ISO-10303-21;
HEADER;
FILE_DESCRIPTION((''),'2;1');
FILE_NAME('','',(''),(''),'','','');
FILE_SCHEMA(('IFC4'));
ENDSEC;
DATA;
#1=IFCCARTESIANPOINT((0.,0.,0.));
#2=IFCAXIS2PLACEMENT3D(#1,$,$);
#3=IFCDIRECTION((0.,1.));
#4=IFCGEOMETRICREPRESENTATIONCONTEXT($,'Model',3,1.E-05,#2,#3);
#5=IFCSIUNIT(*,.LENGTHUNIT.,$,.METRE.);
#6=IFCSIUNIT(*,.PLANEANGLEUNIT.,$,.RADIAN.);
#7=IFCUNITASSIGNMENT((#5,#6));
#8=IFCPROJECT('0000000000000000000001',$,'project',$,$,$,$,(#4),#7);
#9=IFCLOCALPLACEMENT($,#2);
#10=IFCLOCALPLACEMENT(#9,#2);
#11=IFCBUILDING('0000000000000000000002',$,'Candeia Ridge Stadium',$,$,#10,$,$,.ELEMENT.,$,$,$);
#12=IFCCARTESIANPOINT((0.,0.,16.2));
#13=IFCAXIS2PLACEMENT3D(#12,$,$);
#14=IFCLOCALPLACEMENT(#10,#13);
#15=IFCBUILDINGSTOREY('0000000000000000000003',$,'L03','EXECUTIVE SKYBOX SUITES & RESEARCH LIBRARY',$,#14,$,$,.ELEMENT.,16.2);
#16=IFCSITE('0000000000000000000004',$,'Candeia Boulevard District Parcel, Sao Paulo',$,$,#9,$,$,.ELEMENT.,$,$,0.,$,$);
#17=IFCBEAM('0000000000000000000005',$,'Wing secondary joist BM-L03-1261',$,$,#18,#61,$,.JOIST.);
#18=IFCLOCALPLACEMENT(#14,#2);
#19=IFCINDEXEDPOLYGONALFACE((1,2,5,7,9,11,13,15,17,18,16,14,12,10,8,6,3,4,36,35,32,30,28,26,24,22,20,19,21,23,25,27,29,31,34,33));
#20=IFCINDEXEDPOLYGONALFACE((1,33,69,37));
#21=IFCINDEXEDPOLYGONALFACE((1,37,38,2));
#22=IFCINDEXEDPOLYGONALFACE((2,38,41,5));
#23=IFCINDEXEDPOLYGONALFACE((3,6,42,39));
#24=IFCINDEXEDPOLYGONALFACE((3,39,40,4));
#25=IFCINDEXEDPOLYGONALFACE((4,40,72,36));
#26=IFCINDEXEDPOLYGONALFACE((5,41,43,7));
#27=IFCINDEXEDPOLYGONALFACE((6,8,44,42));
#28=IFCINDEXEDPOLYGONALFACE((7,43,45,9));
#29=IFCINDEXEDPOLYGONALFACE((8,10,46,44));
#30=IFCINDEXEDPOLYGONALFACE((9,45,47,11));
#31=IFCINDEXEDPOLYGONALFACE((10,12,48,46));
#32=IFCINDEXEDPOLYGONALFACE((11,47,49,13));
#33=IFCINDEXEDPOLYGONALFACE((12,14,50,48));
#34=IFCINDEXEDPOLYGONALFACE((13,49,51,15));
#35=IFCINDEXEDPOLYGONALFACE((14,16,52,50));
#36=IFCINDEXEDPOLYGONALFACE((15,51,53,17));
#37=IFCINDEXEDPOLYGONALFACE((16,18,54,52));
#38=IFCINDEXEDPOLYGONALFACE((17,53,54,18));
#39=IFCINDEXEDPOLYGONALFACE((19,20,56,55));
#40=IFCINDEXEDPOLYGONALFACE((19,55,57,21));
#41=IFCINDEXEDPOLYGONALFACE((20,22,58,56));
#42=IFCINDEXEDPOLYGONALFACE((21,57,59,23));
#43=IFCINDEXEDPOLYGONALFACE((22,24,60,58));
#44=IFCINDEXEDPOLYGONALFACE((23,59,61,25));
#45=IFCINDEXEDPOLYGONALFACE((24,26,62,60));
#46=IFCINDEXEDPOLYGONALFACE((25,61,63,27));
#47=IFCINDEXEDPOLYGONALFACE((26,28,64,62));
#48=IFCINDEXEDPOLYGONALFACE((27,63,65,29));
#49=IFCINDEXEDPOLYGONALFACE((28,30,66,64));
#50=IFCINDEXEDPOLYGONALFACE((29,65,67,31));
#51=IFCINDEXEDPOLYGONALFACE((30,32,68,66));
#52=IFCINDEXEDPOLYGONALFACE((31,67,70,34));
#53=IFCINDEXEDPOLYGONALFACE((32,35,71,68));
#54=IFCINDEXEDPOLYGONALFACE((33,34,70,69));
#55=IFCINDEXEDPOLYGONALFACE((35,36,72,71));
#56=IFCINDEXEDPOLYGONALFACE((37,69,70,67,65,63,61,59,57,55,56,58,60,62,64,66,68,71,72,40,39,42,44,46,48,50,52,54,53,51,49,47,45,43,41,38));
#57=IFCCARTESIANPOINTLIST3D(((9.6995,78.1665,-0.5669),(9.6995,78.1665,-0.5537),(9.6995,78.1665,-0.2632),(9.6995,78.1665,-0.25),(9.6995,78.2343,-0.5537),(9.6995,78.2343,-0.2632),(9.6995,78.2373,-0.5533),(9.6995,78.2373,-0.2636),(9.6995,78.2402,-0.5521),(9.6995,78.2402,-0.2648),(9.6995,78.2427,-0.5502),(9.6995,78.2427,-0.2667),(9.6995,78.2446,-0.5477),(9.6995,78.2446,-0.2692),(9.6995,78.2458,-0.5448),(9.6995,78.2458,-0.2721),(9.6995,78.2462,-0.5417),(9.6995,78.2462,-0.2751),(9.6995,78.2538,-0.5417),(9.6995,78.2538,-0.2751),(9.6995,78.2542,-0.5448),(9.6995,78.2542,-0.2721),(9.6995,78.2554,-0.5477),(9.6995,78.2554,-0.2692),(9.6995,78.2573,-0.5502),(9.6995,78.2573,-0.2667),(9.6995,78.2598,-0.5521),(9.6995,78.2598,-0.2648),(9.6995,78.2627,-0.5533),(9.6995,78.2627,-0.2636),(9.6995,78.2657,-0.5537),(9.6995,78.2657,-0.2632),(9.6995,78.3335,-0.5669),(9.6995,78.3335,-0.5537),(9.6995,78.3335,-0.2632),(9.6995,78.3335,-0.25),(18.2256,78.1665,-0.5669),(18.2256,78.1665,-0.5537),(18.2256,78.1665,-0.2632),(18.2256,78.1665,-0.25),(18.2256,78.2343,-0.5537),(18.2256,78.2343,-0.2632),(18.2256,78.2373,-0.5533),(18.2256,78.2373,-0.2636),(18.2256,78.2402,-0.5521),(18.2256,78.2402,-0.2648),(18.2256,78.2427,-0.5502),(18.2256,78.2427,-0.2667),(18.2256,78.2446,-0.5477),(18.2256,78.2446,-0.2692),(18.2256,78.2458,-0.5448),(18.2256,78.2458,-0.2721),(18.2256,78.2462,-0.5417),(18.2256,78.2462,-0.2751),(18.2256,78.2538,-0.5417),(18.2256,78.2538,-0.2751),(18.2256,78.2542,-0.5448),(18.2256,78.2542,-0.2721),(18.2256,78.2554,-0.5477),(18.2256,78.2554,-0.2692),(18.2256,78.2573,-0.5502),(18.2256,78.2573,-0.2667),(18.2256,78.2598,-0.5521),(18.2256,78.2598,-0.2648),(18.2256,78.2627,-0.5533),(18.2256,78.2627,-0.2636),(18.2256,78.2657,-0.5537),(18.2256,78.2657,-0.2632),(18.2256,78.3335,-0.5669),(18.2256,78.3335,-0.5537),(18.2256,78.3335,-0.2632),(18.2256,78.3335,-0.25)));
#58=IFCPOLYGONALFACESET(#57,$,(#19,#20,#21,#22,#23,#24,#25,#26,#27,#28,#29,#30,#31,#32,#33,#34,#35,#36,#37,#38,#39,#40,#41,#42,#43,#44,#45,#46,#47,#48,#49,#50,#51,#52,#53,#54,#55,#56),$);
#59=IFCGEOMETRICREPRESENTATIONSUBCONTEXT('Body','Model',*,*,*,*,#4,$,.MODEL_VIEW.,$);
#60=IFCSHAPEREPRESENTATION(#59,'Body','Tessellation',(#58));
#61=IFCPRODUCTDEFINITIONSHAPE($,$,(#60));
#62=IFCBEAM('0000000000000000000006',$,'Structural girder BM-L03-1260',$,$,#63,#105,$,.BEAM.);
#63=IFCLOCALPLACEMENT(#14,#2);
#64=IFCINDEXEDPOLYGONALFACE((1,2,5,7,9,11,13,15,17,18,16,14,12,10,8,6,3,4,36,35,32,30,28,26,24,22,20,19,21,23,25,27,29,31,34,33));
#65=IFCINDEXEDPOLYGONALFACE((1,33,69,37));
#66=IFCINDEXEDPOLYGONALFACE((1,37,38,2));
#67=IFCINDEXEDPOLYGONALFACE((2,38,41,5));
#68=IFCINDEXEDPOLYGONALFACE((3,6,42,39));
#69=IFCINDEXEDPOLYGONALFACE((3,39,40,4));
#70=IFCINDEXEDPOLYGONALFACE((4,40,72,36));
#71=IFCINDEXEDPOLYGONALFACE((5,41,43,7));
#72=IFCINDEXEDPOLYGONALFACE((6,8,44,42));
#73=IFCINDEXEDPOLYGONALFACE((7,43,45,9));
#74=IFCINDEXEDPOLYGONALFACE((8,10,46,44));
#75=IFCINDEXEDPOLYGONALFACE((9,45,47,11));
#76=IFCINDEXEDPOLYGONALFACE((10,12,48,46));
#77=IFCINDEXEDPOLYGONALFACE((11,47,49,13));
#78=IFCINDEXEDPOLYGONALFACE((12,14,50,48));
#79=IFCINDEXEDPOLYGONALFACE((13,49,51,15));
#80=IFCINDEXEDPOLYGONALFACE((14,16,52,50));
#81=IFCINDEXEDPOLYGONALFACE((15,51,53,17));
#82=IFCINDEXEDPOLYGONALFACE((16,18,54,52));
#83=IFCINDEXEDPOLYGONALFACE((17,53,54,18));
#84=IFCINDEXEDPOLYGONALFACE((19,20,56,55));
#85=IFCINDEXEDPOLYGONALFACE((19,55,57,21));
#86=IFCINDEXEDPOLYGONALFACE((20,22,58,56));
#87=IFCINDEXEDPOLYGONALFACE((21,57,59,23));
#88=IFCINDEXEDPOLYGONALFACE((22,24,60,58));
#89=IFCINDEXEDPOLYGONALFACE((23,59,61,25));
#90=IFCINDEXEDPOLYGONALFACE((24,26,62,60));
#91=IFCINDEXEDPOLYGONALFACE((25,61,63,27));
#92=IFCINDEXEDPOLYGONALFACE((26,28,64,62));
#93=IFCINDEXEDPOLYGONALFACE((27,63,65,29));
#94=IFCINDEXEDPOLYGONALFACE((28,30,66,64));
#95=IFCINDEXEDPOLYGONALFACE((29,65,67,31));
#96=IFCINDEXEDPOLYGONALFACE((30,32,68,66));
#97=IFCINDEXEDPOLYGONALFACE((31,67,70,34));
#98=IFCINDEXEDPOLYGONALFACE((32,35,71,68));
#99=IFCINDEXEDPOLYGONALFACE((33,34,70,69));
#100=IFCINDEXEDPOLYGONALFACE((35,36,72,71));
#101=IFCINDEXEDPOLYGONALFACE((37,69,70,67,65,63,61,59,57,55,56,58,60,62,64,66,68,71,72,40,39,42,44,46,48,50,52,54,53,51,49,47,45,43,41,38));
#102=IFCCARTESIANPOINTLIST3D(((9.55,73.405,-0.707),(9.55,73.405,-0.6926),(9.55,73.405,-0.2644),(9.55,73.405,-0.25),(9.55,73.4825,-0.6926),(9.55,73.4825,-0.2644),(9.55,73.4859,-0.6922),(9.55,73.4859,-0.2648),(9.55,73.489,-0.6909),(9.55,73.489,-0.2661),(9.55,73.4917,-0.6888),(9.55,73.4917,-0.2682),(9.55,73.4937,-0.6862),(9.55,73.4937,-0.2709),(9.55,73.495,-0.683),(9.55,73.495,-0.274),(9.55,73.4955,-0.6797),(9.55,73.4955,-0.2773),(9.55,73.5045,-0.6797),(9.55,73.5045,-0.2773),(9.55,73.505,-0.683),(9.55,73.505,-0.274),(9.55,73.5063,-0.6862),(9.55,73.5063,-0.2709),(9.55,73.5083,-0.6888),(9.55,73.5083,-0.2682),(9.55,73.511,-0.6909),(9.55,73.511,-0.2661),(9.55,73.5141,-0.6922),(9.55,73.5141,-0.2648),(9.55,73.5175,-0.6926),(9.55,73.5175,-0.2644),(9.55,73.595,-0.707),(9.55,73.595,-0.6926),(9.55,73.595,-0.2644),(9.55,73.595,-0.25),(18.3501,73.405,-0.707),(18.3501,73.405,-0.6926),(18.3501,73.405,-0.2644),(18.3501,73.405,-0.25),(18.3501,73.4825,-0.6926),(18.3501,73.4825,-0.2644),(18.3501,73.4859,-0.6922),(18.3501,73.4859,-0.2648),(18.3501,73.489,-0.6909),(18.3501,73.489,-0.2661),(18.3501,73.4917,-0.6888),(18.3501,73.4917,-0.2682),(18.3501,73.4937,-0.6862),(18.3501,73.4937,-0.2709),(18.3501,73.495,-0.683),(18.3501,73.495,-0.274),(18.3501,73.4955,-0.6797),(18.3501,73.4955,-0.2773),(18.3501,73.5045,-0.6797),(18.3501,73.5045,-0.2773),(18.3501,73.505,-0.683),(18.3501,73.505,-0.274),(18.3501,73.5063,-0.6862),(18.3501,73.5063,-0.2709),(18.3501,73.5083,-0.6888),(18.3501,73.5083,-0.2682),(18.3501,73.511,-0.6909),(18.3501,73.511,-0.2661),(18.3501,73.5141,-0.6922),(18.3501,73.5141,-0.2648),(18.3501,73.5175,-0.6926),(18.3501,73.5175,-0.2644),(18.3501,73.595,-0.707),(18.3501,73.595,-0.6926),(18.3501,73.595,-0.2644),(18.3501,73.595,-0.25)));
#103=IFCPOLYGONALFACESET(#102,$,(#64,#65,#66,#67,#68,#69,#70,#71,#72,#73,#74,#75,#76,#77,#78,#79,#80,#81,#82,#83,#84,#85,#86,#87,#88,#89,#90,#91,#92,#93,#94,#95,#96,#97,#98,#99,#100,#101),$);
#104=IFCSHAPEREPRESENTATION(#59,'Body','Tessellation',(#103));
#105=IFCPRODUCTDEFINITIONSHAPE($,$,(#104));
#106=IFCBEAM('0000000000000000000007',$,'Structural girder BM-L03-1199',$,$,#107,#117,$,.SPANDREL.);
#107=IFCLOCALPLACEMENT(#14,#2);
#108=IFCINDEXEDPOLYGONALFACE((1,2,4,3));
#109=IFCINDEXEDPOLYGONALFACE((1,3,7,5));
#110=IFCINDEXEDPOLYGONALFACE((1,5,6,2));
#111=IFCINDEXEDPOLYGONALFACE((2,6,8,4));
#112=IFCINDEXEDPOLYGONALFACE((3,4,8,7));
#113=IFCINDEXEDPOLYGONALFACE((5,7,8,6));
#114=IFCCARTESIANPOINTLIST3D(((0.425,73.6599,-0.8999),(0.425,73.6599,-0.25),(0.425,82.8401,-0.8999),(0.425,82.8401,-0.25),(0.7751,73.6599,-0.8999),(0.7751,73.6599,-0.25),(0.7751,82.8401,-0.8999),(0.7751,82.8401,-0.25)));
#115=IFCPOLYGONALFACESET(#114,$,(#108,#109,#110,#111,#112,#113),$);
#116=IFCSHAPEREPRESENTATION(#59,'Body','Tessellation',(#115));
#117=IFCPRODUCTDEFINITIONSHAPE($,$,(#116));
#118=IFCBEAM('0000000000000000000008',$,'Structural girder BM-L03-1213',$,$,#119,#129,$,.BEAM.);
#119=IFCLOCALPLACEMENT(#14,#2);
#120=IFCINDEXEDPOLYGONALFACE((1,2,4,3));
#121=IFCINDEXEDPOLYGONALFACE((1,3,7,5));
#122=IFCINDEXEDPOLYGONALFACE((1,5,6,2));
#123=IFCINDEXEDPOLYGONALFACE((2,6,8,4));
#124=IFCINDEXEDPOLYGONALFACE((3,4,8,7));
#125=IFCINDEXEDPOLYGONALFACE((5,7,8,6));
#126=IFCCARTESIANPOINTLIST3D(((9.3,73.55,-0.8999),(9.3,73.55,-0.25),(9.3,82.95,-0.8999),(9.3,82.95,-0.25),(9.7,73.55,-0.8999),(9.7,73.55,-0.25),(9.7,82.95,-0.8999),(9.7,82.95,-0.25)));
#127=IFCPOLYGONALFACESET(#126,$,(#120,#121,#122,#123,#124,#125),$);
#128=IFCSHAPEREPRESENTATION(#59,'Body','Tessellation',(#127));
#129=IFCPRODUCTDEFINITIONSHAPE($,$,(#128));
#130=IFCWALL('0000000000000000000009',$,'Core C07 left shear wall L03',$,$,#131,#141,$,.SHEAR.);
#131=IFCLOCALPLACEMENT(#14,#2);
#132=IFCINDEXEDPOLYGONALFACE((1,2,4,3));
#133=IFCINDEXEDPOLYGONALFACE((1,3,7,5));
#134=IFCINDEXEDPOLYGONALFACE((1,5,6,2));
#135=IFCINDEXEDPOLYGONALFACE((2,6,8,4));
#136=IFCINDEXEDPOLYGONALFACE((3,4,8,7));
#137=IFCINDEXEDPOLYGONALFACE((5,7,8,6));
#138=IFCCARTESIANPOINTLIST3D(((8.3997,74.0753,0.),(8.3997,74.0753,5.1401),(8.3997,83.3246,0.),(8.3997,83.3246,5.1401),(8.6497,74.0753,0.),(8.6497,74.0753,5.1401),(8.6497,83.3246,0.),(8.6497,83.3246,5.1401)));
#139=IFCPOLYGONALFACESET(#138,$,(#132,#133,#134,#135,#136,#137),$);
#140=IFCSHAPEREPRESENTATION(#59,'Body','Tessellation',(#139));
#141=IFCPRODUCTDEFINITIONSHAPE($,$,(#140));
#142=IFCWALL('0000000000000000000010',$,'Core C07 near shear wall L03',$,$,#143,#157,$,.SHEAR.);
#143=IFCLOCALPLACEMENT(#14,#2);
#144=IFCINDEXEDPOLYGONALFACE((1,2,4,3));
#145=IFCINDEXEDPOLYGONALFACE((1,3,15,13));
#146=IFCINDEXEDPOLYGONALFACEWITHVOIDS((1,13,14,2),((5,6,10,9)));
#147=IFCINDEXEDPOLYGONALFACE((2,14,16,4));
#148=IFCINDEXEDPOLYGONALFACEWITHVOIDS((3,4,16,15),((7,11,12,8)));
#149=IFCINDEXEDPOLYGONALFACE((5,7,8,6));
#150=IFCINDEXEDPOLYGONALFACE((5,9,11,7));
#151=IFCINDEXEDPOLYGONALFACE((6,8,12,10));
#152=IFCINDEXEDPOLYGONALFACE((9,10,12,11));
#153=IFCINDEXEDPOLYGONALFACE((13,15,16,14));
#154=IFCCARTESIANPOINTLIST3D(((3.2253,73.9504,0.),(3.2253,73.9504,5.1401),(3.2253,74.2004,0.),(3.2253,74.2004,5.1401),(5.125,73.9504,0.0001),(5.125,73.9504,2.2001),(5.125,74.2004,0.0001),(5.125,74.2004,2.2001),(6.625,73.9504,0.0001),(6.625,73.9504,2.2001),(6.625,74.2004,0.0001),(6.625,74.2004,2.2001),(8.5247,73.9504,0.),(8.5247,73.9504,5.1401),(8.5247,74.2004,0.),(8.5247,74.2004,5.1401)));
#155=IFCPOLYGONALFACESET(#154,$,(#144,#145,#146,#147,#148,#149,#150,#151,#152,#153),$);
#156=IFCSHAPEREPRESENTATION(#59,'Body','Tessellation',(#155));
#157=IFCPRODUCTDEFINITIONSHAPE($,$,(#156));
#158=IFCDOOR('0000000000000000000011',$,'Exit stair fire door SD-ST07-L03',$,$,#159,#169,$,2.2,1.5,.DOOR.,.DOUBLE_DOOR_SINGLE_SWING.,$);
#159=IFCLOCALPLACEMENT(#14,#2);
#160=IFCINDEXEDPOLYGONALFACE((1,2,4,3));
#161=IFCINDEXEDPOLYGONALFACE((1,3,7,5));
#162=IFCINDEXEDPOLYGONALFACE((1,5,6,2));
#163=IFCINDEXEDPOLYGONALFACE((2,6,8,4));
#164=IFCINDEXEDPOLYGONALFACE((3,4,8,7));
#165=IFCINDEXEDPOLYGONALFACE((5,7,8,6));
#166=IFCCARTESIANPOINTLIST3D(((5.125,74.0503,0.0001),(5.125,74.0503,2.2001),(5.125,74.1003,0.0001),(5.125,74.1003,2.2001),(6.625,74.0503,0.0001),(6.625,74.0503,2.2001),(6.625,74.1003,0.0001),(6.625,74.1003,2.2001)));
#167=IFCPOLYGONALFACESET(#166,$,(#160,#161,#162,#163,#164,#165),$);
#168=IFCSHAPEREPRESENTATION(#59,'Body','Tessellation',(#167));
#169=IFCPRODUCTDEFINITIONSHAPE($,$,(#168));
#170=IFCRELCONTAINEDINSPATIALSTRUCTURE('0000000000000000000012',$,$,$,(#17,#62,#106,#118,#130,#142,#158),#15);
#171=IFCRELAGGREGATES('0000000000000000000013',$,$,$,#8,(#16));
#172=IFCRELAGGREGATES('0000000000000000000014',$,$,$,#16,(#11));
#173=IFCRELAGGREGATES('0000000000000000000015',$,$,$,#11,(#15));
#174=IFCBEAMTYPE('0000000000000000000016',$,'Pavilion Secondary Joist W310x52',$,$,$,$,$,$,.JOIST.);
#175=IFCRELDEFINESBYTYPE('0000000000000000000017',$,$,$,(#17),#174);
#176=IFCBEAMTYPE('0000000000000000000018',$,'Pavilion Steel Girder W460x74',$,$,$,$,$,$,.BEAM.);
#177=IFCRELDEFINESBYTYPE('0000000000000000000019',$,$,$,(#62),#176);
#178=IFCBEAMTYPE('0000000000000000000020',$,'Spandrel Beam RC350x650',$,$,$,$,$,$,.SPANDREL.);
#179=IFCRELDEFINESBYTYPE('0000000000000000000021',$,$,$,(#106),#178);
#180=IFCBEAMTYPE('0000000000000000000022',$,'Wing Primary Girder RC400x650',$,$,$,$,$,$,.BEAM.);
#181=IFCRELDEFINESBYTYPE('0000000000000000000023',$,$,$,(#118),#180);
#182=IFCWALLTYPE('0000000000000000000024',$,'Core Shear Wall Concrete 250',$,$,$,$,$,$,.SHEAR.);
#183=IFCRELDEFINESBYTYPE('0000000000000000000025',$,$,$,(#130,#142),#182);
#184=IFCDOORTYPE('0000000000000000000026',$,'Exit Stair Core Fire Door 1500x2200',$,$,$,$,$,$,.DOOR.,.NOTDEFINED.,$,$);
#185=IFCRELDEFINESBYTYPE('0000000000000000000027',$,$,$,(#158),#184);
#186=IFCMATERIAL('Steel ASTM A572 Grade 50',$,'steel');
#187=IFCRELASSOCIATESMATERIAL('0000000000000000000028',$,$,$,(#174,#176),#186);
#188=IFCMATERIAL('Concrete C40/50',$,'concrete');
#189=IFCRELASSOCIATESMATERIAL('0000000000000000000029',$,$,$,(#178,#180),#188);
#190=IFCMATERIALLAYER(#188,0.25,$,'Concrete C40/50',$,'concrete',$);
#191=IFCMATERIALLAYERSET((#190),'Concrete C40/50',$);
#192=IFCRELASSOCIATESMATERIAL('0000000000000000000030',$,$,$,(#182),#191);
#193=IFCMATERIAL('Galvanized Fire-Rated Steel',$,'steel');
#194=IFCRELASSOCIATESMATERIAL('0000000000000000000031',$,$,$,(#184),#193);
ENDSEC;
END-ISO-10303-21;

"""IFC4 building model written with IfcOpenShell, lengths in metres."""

from ifc_helpers import new_model, si_unit, direction, frame, frame_2d, origin, origin_2d, place, context, subcontext, project, spatial, rectangle, i_section, extrude, material, layer, layer_set, material_profile, profile_set, type_object, element, fill, save


model = new_model("IFC4")

# Units and contexts
model_context = context("Model", 3, precision=1e-05, world=origin(), true_north=direction((0.0, 1.0)))
body_context = subcontext(model_context, "Body", "Model", "MODEL_VIEW")
ifc_project = project(units=[si_unit("LENGTHUNIT", "METRE"), si_unit("PLANEANGLEUNIT", "RADIAN")], contexts=[model_context])

# Site, building, storey
site_placement = place(None, origin())
site = spatial("IfcSite", under=ifc_project, at=site_placement, Name="Candeia Boulevard District Parcel, Sao Paulo", CompositionType="ELEMENT", RefElevation=0.0)
building_placement = place(site_placement, origin())
building = spatial("IfcBuilding", under=site, at=building_placement, Name="Candeia Ridge Stadium", CompositionType="ELEMENT")
storey_placement = place(building_placement, frame((0.0, 0.0, 16.2)))
storey = spatial("IfcBuildingStorey", under=building, at=storey_placement, Name="L03", Description="EXECUTIVE SKYBOX SUITES & RESEARCH LIBRARY", CompositionType="ELEMENT", Elevation=16.2)

# Beams
ifc_material_1 = material(Name="Steel ASTM A572 Grade 50", Category="steel")
ifc_material_profile_1 = material_profile(ifc_material_1, i_section(OverallWidth=0.167, OverallDepth=0.3169, WebThickness=0.0076, FlangeThickness=0.0132, FilletRadius=0.012, at=origin_2d()), Name="W310x52", Category="steel")
ifc_profile_set_1 = profile_set([ifc_material_profile_1], Name="Steel ASTM A572 Grade 50")
beam_type_1 = type_object("IfcBeamType", Name="Pavilion Secondary Joist W310x52", PredefinedType="JOIST", material=ifc_profile_set_1)
beam_1_placement = place(storey_placement, frame((9.6995, 78.25, -0.4084), z_axis=(1.0, 0.0, 0.0), x_axis=(0.0, 1.0, 0.0)))
element("IfcBeam", 1, at=beam_1_placement, inside=storey, type_object=beam_type_1, Name="Wing secondary joist BM-L03-1261", PredefinedType="JOIST", context=body_context, shape_type="SweptSolid", body=[
    extrude(i_section(OverallWidth=0.167, OverallDepth=0.3169, WebThickness=0.0076, FlangeThickness=0.0132, FilletRadius=0.012, at=origin_2d()), origin(), (0.0, 0.0, 1.0), 8.5261),
])
ifc_material_profile_2 = material_profile(ifc_material_1, i_section(OverallWidth=0.1899, OverallDepth=0.457, WebThickness=0.009, FlangeThickness=0.0144, FilletRadius=0.0129, at=origin_2d()), Name="W460x74", Category="steel")
ifc_profile_set_2 = profile_set([ifc_material_profile_2], Name="Steel ASTM A572 Grade 50")
beam_type_2 = type_object("IfcBeamType", Name="Pavilion Steel Girder W460x74", PredefinedType="BEAM", material=ifc_profile_set_2)
beam_2_placement = place(storey_placement, frame((9.55, 73.5, -0.4785), z_axis=(1.0, 0.0, 0.0), x_axis=(0.0, 1.0, 0.0)))
element("IfcBeam", 2, at=beam_2_placement, inside=storey, type_object=beam_type_2, Name="Structural girder BM-L03-1260", PredefinedType="BEAM", context=body_context, shape_type="SweptSolid", body=[
    extrude(i_section(OverallWidth=0.1899, OverallDepth=0.457, WebThickness=0.009, FlangeThickness=0.0144, FilletRadius=0.0129, at=origin_2d()), origin(), (0.0, 0.0, 1.0), 8.8),
])
ifc_material_2 = material(Name="Concrete C40/50", Category="concrete")
ifc_material_profile_3 = material_profile(ifc_material_2, rectangle(XDim=0.3501, YDim=0.6499, at=origin_2d()), Name="RC350x650", Category="concrete")
ifc_profile_set_3 = profile_set([ifc_material_profile_3], Name="Concrete C40/50")
beam_type_3 = type_object("IfcBeamType", Name="Spandrel Beam RC350x650", PredefinedType="SPANDREL", material=ifc_profile_set_3)
beam_3_placement = place(storey_placement, frame((0.6001, 73.6599, -0.575), z_axis=(0.0, 1.0, 0.0), x_axis=(-1.0, 0.0, 0.0)))
element("IfcBeam", 3, at=beam_3_placement, inside=storey, type_object=beam_type_3, Name="Structural girder BM-L03-1199", PredefinedType="SPANDREL", context=body_context, shape_type="SweptSolid", body=[
    extrude(rectangle(XDim=0.3501, YDim=0.6499, at=origin_2d()), origin(), (0.0, 0.0, 1.0), 9.1802),
])
ifc_material_profile_4 = material_profile(ifc_material_2, rectangle(XDim=0.3999, YDim=0.6499, at=origin_2d()), Name="RC400x650", Category="concrete")
ifc_profile_set_4 = profile_set([ifc_material_profile_4], Name="Concrete C40/50")
beam_type_4 = type_object("IfcBeamType", Name="Wing Primary Girder RC400x650", PredefinedType="BEAM", material=ifc_profile_set_4)
beam_4_placement = place(storey_placement, frame((9.5, 73.55, -0.575), z_axis=(0.0, 1.0, 0.0), x_axis=(-1.0, 0.0, 0.0)))
element("IfcBeam", 4, at=beam_4_placement, inside=storey, type_object=beam_type_4, Name="Structural girder BM-L03-1213", PredefinedType="BEAM", context=body_context, shape_type="SweptSolid", body=[
    extrude(rectangle(XDim=0.3999, YDim=0.6499, at=origin_2d()), origin(), (0.0, 0.0, 1.0), 9.3999),
])

# Wall
ifc_layer_1 = layer(ifc_material_2, 0.25, Name="Concrete C40/50", Category="concrete")
ifc_layer_set_1 = layer_set([ifc_layer_1], Name="Concrete C40/50")
wall_type_1 = type_object("IfcWallType", Name="Core Shear Wall Concrete 250", PredefinedType="SHEAR", material=ifc_layer_set_1)
wall_1_placement = place(storey_placement, frame((8.5247, 74.0754, 0.0), z_axis=(0.0, 0.0, 1.0), x_axis=(0.0, 1.0, 0.0)))
element("IfcWall", 5, at=wall_1_placement, inside=storey, type_object=wall_type_1, Name="Core C07 left shear wall L03", PredefinedType="SHEAR", context=body_context, shape_type="SweptSolid", body=[
    extrude(rectangle(XDim=9.2493, YDim=0.25, at=frame_2d((4.6245, 0.0))), origin(), (0.0, 0.0, 1.0), 5.1401),
])

# Wall, opening, door
wall_2_placement = place(storey_placement, frame((3.2253, 74.0754, 0.0), z_axis=(0.0, 0.0, 1.0), x_axis=(1.0, 0.0, 0.0)))
wall_2 = element("IfcWall", 6, at=wall_2_placement, inside=storey, type_object=wall_type_1, Name="Core C07 near shear wall L03", PredefinedType="SHEAR", context=body_context, shape_type="SweptSolid", body=[
    extrude(rectangle(XDim=5.2993, YDim=0.25, at=frame_2d((2.6497, 0.0))), origin(), (0.0, 0.0, 1.0), 5.1401),
])
opening_1_placement = place(wall_2_placement, frame((1.8997, 0.0, 0.0)))
opening_1 = element("IfcOpeningElement", 7, at=opening_1_placement, cuts=wall_2, PredefinedType="OPENING", context=body_context, shape_type="SweptSolid", body=[
    extrude(rectangle(XDim=1.5, YDim=2.2, at=frame_2d((0.75, 1.1001))), frame((0.0, 0.135, 0.0), z_axis=(0.0, -1.0, 0.0), x_axis=(1.0, 0.0, 0.0)), (0.0, 0.0, 1.0), 0.27),
])
ifc_material_3 = material(Name="Galvanized Fire-Rated Steel", Category="steel")
door_type_1 = type_object("IfcDoorType", Name="Exit Stair Core Fire Door 1500x2200", OperationType="NOTDEFINED", PredefinedType="DOOR", material=ifc_material_3)
door_1_placement = place(opening_1_placement, origin())
door_1 = element("IfcDoor", 8, at=door_1_placement, inside=storey, type_object=door_type_1, Name="Exit stair fire door SD-ST07-L03", OperationType="DOUBLE_DOOR_SINGLE_SWING", OverallHeight=2.2, OverallWidth=1.5, PredefinedType="DOOR", context=body_context, shape_type="SweptSolid", body=[
    extrude(rectangle(XDim=1.5, YDim=2.2, at=frame_2d((0.75, 1.1001))), frame((0.0, 0.0249, 0.0), z_axis=(0.0, -1.0, 0.0), x_axis=(1.0, 0.0, 0.0)), (0.0, 0.0, 1.0), 0.05),
])
fill(opening_1, door_1)

save(model, "model.ifc")
